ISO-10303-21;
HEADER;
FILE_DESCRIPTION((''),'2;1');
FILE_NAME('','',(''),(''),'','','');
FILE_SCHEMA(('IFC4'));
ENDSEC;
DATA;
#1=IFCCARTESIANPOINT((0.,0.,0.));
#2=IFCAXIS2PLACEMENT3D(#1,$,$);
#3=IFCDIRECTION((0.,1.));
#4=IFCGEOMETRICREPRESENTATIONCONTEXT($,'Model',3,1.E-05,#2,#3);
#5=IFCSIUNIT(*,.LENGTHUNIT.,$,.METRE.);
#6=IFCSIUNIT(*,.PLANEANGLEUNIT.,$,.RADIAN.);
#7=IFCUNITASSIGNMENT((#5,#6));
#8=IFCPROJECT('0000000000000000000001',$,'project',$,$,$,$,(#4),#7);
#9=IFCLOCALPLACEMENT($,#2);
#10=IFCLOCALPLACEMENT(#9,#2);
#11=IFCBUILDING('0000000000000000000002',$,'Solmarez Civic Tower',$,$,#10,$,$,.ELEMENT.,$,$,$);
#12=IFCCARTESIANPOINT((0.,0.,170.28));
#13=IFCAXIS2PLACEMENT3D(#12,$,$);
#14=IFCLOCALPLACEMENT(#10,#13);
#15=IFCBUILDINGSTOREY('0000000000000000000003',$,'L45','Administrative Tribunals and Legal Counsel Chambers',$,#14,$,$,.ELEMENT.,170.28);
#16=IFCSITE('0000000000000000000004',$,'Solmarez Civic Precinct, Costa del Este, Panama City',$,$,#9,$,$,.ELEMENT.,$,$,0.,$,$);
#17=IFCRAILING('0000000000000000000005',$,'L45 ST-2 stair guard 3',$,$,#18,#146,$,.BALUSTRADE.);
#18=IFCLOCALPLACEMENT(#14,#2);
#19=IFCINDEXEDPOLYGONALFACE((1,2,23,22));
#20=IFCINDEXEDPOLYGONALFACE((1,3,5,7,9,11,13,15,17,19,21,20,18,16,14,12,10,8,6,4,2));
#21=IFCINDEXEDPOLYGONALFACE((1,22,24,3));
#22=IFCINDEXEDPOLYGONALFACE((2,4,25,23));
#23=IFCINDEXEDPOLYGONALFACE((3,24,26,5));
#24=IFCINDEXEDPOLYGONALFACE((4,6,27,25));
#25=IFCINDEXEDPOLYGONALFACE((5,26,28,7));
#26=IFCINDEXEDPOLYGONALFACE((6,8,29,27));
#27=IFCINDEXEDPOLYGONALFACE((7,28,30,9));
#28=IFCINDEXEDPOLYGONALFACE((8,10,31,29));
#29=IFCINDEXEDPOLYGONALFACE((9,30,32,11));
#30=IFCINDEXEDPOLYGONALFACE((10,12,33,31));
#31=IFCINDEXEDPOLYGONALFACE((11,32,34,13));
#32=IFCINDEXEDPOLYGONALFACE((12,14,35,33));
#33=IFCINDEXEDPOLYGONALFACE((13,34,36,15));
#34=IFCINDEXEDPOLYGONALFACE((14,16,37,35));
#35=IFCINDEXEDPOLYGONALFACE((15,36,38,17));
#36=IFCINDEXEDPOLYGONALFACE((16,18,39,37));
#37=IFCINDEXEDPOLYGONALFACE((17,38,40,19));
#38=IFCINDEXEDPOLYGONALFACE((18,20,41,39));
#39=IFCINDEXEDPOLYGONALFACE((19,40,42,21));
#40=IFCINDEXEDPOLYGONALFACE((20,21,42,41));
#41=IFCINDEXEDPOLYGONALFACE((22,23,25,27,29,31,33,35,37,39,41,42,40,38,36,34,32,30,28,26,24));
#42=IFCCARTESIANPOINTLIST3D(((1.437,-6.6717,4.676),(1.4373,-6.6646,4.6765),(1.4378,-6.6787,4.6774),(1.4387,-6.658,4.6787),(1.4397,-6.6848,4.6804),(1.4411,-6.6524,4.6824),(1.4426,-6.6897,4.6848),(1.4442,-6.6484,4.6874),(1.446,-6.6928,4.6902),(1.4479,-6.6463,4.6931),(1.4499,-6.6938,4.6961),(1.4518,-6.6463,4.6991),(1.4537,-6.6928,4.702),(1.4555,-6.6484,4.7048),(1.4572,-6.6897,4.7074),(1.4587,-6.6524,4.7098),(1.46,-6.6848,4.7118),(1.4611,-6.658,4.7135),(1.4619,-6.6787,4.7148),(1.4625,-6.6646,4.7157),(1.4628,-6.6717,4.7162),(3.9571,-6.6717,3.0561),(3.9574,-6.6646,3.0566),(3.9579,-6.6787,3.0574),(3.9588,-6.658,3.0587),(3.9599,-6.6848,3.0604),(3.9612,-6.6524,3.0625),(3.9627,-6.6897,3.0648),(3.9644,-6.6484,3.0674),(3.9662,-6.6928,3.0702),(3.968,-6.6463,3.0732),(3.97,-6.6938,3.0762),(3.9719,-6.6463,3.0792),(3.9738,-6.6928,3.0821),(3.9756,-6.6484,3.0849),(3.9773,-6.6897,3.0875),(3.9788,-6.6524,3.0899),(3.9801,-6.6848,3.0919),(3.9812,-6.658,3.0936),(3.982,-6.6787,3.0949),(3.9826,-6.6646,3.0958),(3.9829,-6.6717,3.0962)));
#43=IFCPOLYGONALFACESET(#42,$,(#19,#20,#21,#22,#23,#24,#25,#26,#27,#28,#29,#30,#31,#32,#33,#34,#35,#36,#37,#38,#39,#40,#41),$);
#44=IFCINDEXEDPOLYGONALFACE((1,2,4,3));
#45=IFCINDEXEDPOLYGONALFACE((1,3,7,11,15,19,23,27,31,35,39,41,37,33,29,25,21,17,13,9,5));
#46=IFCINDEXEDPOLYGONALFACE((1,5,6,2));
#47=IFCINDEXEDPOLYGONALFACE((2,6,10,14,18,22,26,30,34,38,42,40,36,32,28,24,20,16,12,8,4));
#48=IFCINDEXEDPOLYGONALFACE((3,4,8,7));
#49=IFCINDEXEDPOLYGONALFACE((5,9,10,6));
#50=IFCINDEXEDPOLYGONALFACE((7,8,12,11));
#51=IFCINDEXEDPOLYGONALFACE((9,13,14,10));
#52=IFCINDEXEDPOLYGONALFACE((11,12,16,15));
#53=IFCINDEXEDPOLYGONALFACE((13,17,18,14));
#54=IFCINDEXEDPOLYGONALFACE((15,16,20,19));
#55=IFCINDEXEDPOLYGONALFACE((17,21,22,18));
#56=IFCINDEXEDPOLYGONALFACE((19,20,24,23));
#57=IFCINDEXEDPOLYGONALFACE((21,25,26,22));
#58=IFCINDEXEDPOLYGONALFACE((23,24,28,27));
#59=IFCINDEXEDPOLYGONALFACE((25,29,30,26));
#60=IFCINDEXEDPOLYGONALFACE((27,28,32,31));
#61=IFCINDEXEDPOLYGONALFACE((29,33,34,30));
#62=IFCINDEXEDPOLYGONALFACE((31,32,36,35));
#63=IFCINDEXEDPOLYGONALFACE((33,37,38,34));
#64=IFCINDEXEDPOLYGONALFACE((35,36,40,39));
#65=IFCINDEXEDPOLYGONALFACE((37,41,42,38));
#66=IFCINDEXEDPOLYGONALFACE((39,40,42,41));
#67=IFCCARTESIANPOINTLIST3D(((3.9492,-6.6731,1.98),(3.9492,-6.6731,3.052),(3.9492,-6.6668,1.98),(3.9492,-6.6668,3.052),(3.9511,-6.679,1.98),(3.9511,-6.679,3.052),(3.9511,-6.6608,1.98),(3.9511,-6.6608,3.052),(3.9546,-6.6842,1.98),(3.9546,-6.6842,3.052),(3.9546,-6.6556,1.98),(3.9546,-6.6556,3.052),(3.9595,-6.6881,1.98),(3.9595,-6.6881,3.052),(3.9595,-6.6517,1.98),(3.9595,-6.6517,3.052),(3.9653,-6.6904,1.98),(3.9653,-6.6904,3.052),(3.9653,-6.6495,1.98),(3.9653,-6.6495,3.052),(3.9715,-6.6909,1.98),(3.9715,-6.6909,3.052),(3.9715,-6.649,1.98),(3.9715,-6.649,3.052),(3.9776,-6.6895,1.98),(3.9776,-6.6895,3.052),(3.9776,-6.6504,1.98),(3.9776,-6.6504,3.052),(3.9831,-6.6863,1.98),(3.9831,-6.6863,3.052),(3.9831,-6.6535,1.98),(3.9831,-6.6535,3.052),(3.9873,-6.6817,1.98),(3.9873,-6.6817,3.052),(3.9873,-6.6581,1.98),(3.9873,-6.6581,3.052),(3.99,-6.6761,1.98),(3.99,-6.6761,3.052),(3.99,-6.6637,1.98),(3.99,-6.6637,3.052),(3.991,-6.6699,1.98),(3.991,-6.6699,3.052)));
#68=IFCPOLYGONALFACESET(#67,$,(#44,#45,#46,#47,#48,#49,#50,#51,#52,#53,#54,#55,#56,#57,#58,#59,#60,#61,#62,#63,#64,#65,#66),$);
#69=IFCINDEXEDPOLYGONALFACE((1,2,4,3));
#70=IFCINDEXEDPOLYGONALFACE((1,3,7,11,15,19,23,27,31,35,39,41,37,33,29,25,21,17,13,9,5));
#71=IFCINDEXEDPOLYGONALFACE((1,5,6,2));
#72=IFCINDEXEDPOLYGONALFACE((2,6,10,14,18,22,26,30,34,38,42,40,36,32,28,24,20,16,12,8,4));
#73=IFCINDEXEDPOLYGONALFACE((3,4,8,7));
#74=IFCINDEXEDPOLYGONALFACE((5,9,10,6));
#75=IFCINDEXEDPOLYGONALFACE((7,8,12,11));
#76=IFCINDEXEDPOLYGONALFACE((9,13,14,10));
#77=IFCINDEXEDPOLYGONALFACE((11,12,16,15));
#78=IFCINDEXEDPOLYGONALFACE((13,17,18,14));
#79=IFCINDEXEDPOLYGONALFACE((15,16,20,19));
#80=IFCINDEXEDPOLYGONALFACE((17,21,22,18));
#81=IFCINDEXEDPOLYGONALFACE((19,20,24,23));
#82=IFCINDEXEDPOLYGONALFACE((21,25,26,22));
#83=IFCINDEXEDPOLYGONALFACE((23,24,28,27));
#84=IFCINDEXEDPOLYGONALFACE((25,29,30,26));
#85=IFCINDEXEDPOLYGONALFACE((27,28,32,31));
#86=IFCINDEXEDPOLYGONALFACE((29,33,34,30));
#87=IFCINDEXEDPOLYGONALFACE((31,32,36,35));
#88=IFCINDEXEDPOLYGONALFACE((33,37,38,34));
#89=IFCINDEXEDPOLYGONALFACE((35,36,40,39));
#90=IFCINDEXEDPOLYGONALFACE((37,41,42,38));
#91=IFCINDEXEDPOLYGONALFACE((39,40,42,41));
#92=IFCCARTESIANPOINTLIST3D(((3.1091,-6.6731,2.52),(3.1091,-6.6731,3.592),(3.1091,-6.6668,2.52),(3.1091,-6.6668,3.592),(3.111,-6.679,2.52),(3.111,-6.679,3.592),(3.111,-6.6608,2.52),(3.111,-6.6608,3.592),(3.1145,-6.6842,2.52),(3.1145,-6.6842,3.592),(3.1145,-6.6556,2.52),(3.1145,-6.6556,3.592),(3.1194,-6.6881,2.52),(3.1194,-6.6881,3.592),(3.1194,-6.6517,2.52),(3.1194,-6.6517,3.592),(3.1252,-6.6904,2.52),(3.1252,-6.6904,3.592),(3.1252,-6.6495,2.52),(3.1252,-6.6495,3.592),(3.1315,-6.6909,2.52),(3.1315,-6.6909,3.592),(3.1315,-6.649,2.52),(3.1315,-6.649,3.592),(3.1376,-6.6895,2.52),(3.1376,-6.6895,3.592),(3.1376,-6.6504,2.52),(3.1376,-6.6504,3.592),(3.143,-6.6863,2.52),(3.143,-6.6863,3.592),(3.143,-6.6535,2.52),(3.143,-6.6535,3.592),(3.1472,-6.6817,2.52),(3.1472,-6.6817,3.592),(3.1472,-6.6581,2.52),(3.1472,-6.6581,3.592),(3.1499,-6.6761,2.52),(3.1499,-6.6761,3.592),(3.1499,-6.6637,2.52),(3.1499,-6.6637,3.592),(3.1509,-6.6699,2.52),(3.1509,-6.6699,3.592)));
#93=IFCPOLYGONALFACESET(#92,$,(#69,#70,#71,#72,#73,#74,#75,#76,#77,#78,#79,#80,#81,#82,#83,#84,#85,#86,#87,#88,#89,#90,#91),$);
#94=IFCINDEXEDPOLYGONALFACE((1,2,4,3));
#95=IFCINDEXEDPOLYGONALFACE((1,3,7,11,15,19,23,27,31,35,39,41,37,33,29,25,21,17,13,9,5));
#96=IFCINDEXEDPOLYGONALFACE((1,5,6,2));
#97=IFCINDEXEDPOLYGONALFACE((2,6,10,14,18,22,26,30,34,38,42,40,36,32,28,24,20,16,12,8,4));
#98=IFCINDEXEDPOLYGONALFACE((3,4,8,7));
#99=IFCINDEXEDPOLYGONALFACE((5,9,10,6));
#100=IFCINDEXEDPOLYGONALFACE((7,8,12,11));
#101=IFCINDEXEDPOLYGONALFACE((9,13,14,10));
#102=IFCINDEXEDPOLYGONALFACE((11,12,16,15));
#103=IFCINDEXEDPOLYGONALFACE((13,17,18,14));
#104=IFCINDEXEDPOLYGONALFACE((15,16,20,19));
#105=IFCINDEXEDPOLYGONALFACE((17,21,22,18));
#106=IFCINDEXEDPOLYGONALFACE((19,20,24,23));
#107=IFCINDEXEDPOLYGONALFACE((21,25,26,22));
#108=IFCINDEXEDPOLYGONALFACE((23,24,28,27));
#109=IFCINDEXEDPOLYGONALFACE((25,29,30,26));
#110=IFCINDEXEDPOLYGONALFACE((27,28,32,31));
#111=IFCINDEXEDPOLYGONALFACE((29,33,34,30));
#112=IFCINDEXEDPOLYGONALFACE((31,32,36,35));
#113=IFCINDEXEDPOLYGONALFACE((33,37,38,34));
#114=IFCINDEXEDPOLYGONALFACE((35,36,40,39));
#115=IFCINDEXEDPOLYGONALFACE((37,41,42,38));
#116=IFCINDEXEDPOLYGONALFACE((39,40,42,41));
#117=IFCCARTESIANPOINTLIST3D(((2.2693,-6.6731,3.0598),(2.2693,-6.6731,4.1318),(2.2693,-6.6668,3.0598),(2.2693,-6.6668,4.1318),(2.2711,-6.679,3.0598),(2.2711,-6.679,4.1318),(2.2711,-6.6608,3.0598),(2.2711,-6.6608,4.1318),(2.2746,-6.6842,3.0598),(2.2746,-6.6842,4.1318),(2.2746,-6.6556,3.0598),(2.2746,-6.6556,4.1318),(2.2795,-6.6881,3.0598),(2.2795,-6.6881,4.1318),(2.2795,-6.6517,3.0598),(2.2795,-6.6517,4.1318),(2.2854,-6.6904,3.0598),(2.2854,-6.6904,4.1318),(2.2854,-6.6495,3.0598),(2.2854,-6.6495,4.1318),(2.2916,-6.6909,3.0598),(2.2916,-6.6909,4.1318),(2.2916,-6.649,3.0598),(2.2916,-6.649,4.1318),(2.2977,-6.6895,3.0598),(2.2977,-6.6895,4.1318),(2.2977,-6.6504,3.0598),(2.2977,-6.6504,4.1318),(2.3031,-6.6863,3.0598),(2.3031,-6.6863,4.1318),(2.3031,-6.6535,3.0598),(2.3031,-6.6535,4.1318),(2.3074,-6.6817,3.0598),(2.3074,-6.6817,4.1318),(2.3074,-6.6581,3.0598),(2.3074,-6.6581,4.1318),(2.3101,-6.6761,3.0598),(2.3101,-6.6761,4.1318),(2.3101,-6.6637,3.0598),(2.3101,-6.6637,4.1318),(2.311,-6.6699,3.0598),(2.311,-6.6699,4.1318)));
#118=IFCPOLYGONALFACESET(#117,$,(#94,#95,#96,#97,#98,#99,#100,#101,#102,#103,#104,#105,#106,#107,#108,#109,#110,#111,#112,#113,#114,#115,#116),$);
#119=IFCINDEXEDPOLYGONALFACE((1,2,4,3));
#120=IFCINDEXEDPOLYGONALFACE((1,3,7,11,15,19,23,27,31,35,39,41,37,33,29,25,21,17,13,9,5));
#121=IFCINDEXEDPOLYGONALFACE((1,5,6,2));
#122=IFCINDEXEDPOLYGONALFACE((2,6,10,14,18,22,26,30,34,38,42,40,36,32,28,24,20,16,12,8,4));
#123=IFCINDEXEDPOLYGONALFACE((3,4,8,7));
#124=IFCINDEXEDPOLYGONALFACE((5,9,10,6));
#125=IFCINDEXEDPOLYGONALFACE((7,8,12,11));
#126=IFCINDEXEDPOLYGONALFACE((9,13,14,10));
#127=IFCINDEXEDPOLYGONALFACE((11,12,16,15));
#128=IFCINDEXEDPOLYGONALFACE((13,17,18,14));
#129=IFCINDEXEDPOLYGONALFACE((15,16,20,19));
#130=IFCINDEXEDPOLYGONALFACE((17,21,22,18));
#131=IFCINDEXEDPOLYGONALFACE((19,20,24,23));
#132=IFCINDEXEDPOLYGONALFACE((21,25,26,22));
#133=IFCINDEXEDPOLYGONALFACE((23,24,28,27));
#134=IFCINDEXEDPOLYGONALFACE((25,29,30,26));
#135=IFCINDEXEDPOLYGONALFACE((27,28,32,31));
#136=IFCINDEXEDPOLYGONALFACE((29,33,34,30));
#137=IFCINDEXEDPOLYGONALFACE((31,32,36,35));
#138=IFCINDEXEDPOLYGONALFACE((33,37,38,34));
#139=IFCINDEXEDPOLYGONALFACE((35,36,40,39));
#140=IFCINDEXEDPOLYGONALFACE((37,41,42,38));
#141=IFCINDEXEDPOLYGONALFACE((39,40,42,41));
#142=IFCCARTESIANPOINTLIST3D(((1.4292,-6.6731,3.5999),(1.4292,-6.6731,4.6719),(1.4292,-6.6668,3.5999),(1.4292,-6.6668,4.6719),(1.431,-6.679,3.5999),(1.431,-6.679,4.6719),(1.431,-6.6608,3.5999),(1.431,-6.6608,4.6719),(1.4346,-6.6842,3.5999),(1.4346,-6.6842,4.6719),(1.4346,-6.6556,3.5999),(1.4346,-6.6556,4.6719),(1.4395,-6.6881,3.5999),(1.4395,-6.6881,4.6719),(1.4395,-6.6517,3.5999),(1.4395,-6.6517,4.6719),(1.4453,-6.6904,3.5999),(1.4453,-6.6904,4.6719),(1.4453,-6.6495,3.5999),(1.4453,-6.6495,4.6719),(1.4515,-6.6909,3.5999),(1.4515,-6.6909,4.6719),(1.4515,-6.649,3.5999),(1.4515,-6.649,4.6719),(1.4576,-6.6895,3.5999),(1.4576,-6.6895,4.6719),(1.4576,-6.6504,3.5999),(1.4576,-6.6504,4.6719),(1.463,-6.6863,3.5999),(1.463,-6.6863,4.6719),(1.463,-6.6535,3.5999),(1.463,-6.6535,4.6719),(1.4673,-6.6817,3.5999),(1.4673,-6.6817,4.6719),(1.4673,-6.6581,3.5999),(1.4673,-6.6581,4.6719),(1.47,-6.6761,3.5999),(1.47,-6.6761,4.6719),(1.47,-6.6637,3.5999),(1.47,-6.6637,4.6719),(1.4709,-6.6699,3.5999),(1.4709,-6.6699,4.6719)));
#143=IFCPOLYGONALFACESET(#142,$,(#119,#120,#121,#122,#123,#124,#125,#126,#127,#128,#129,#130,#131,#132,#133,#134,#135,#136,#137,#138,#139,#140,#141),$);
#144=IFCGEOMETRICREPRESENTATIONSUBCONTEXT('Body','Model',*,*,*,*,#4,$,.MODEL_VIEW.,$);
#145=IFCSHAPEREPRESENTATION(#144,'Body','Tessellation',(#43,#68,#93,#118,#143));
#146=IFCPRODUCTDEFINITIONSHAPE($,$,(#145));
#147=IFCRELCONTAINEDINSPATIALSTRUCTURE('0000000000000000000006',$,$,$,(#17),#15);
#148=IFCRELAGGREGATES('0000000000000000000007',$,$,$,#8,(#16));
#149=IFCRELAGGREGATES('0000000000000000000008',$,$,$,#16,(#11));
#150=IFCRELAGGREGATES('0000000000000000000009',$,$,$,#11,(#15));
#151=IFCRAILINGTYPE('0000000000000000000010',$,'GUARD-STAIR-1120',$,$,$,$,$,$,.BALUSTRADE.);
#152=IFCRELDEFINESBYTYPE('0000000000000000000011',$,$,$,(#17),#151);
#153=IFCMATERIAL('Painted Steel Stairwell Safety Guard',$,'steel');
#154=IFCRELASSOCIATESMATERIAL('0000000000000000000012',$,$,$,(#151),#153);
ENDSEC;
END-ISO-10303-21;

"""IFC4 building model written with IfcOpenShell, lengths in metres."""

from ifc_helpers import new_model, si_unit, direction, frame, origin, origin_2d, place, context, subcontext, project, spatial, circle, extrude, material, type_object, element, save


model = new_model("IFC4")

# Units and contexts
model_context = context("Model", 3, precision=1e-05, world=origin(), true_north=direction((0.0, 1.0)))
body_context = subcontext(model_context, "Body", "Model", "MODEL_VIEW")
ifc_project = project(units=[si_unit("LENGTHUNIT", "METRE"), si_unit("PLANEANGLEUNIT", "RADIAN")], contexts=[model_context])

# Site, building, storey
site_placement = place(None, origin())
site = spatial("IfcSite", under=ifc_project, at=site_placement, Name="Solmarez Civic Precinct, Costa del Este, Panama City", CompositionType="ELEMENT", RefElevation=0.0)
building_placement = place(site_placement, origin())
building = spatial("IfcBuilding", under=site, at=building_placement, Name="Solmarez Civic Tower", CompositionType="ELEMENT")
storey_placement = place(building_placement, frame((0.0, 0.0, 170.28)))
storey = spatial("IfcBuildingStorey", under=building, at=storey_placement, Name="L45", Description="Administrative Tribunals and Legal Counsel Chambers", CompositionType="ELEMENT", Elevation=170.28)

# Railing
ifc_material_1 = material(Name="Painted Steel Stairwell Safety Guard", Category="steel")
railing_type_1 = type_object("IfcRailingType", Name="GUARD-STAIR-1120", PredefinedType="BALUSTRADE", material=ifc_material_1)
railing_1_placement = place(storey_placement, frame((3.97, -6.6699, 1.98)))
element("IfcRailing", 1, at=railing_1_placement, inside=storey, type_object=railing_type_1, Name="L45 ST-2 stair guard 3", PredefinedType="BALUSTRADE", context=body_context, shape_type="SweptSolid", body=[
    extrude(circle(Radius=0.0239, at=origin_2d()), frame((0.0, 0.0, 1.0962), z_axis=(-0.8412, 0.0, 0.540725), x_axis=(0.0, -1.0, 0.0)), (0.0, 0.0, 1.0), 2.9958),
    extrude(circle(Radius=0.021, at=origin_2d()), origin(), (0.0, 0.0, 1.0), 1.072),
    extrude(circle(Radius=0.021, at=origin_2d()), frame((-0.8401, 0.0, 0.54)), (0.0, 0.0, 1.0), 1.072),
    extrude(circle(Radius=0.021, at=origin_2d()), frame((-1.6799, 0.0, 1.0798)), (0.0, 0.0, 1.0), 1.072),
    extrude(circle(Radius=0.021, at=origin_2d()), frame((-2.52, 0.0, 1.6199)), (0.0, 0.0, 1.0), 1.072),
])

save(model, "model.ifc")
